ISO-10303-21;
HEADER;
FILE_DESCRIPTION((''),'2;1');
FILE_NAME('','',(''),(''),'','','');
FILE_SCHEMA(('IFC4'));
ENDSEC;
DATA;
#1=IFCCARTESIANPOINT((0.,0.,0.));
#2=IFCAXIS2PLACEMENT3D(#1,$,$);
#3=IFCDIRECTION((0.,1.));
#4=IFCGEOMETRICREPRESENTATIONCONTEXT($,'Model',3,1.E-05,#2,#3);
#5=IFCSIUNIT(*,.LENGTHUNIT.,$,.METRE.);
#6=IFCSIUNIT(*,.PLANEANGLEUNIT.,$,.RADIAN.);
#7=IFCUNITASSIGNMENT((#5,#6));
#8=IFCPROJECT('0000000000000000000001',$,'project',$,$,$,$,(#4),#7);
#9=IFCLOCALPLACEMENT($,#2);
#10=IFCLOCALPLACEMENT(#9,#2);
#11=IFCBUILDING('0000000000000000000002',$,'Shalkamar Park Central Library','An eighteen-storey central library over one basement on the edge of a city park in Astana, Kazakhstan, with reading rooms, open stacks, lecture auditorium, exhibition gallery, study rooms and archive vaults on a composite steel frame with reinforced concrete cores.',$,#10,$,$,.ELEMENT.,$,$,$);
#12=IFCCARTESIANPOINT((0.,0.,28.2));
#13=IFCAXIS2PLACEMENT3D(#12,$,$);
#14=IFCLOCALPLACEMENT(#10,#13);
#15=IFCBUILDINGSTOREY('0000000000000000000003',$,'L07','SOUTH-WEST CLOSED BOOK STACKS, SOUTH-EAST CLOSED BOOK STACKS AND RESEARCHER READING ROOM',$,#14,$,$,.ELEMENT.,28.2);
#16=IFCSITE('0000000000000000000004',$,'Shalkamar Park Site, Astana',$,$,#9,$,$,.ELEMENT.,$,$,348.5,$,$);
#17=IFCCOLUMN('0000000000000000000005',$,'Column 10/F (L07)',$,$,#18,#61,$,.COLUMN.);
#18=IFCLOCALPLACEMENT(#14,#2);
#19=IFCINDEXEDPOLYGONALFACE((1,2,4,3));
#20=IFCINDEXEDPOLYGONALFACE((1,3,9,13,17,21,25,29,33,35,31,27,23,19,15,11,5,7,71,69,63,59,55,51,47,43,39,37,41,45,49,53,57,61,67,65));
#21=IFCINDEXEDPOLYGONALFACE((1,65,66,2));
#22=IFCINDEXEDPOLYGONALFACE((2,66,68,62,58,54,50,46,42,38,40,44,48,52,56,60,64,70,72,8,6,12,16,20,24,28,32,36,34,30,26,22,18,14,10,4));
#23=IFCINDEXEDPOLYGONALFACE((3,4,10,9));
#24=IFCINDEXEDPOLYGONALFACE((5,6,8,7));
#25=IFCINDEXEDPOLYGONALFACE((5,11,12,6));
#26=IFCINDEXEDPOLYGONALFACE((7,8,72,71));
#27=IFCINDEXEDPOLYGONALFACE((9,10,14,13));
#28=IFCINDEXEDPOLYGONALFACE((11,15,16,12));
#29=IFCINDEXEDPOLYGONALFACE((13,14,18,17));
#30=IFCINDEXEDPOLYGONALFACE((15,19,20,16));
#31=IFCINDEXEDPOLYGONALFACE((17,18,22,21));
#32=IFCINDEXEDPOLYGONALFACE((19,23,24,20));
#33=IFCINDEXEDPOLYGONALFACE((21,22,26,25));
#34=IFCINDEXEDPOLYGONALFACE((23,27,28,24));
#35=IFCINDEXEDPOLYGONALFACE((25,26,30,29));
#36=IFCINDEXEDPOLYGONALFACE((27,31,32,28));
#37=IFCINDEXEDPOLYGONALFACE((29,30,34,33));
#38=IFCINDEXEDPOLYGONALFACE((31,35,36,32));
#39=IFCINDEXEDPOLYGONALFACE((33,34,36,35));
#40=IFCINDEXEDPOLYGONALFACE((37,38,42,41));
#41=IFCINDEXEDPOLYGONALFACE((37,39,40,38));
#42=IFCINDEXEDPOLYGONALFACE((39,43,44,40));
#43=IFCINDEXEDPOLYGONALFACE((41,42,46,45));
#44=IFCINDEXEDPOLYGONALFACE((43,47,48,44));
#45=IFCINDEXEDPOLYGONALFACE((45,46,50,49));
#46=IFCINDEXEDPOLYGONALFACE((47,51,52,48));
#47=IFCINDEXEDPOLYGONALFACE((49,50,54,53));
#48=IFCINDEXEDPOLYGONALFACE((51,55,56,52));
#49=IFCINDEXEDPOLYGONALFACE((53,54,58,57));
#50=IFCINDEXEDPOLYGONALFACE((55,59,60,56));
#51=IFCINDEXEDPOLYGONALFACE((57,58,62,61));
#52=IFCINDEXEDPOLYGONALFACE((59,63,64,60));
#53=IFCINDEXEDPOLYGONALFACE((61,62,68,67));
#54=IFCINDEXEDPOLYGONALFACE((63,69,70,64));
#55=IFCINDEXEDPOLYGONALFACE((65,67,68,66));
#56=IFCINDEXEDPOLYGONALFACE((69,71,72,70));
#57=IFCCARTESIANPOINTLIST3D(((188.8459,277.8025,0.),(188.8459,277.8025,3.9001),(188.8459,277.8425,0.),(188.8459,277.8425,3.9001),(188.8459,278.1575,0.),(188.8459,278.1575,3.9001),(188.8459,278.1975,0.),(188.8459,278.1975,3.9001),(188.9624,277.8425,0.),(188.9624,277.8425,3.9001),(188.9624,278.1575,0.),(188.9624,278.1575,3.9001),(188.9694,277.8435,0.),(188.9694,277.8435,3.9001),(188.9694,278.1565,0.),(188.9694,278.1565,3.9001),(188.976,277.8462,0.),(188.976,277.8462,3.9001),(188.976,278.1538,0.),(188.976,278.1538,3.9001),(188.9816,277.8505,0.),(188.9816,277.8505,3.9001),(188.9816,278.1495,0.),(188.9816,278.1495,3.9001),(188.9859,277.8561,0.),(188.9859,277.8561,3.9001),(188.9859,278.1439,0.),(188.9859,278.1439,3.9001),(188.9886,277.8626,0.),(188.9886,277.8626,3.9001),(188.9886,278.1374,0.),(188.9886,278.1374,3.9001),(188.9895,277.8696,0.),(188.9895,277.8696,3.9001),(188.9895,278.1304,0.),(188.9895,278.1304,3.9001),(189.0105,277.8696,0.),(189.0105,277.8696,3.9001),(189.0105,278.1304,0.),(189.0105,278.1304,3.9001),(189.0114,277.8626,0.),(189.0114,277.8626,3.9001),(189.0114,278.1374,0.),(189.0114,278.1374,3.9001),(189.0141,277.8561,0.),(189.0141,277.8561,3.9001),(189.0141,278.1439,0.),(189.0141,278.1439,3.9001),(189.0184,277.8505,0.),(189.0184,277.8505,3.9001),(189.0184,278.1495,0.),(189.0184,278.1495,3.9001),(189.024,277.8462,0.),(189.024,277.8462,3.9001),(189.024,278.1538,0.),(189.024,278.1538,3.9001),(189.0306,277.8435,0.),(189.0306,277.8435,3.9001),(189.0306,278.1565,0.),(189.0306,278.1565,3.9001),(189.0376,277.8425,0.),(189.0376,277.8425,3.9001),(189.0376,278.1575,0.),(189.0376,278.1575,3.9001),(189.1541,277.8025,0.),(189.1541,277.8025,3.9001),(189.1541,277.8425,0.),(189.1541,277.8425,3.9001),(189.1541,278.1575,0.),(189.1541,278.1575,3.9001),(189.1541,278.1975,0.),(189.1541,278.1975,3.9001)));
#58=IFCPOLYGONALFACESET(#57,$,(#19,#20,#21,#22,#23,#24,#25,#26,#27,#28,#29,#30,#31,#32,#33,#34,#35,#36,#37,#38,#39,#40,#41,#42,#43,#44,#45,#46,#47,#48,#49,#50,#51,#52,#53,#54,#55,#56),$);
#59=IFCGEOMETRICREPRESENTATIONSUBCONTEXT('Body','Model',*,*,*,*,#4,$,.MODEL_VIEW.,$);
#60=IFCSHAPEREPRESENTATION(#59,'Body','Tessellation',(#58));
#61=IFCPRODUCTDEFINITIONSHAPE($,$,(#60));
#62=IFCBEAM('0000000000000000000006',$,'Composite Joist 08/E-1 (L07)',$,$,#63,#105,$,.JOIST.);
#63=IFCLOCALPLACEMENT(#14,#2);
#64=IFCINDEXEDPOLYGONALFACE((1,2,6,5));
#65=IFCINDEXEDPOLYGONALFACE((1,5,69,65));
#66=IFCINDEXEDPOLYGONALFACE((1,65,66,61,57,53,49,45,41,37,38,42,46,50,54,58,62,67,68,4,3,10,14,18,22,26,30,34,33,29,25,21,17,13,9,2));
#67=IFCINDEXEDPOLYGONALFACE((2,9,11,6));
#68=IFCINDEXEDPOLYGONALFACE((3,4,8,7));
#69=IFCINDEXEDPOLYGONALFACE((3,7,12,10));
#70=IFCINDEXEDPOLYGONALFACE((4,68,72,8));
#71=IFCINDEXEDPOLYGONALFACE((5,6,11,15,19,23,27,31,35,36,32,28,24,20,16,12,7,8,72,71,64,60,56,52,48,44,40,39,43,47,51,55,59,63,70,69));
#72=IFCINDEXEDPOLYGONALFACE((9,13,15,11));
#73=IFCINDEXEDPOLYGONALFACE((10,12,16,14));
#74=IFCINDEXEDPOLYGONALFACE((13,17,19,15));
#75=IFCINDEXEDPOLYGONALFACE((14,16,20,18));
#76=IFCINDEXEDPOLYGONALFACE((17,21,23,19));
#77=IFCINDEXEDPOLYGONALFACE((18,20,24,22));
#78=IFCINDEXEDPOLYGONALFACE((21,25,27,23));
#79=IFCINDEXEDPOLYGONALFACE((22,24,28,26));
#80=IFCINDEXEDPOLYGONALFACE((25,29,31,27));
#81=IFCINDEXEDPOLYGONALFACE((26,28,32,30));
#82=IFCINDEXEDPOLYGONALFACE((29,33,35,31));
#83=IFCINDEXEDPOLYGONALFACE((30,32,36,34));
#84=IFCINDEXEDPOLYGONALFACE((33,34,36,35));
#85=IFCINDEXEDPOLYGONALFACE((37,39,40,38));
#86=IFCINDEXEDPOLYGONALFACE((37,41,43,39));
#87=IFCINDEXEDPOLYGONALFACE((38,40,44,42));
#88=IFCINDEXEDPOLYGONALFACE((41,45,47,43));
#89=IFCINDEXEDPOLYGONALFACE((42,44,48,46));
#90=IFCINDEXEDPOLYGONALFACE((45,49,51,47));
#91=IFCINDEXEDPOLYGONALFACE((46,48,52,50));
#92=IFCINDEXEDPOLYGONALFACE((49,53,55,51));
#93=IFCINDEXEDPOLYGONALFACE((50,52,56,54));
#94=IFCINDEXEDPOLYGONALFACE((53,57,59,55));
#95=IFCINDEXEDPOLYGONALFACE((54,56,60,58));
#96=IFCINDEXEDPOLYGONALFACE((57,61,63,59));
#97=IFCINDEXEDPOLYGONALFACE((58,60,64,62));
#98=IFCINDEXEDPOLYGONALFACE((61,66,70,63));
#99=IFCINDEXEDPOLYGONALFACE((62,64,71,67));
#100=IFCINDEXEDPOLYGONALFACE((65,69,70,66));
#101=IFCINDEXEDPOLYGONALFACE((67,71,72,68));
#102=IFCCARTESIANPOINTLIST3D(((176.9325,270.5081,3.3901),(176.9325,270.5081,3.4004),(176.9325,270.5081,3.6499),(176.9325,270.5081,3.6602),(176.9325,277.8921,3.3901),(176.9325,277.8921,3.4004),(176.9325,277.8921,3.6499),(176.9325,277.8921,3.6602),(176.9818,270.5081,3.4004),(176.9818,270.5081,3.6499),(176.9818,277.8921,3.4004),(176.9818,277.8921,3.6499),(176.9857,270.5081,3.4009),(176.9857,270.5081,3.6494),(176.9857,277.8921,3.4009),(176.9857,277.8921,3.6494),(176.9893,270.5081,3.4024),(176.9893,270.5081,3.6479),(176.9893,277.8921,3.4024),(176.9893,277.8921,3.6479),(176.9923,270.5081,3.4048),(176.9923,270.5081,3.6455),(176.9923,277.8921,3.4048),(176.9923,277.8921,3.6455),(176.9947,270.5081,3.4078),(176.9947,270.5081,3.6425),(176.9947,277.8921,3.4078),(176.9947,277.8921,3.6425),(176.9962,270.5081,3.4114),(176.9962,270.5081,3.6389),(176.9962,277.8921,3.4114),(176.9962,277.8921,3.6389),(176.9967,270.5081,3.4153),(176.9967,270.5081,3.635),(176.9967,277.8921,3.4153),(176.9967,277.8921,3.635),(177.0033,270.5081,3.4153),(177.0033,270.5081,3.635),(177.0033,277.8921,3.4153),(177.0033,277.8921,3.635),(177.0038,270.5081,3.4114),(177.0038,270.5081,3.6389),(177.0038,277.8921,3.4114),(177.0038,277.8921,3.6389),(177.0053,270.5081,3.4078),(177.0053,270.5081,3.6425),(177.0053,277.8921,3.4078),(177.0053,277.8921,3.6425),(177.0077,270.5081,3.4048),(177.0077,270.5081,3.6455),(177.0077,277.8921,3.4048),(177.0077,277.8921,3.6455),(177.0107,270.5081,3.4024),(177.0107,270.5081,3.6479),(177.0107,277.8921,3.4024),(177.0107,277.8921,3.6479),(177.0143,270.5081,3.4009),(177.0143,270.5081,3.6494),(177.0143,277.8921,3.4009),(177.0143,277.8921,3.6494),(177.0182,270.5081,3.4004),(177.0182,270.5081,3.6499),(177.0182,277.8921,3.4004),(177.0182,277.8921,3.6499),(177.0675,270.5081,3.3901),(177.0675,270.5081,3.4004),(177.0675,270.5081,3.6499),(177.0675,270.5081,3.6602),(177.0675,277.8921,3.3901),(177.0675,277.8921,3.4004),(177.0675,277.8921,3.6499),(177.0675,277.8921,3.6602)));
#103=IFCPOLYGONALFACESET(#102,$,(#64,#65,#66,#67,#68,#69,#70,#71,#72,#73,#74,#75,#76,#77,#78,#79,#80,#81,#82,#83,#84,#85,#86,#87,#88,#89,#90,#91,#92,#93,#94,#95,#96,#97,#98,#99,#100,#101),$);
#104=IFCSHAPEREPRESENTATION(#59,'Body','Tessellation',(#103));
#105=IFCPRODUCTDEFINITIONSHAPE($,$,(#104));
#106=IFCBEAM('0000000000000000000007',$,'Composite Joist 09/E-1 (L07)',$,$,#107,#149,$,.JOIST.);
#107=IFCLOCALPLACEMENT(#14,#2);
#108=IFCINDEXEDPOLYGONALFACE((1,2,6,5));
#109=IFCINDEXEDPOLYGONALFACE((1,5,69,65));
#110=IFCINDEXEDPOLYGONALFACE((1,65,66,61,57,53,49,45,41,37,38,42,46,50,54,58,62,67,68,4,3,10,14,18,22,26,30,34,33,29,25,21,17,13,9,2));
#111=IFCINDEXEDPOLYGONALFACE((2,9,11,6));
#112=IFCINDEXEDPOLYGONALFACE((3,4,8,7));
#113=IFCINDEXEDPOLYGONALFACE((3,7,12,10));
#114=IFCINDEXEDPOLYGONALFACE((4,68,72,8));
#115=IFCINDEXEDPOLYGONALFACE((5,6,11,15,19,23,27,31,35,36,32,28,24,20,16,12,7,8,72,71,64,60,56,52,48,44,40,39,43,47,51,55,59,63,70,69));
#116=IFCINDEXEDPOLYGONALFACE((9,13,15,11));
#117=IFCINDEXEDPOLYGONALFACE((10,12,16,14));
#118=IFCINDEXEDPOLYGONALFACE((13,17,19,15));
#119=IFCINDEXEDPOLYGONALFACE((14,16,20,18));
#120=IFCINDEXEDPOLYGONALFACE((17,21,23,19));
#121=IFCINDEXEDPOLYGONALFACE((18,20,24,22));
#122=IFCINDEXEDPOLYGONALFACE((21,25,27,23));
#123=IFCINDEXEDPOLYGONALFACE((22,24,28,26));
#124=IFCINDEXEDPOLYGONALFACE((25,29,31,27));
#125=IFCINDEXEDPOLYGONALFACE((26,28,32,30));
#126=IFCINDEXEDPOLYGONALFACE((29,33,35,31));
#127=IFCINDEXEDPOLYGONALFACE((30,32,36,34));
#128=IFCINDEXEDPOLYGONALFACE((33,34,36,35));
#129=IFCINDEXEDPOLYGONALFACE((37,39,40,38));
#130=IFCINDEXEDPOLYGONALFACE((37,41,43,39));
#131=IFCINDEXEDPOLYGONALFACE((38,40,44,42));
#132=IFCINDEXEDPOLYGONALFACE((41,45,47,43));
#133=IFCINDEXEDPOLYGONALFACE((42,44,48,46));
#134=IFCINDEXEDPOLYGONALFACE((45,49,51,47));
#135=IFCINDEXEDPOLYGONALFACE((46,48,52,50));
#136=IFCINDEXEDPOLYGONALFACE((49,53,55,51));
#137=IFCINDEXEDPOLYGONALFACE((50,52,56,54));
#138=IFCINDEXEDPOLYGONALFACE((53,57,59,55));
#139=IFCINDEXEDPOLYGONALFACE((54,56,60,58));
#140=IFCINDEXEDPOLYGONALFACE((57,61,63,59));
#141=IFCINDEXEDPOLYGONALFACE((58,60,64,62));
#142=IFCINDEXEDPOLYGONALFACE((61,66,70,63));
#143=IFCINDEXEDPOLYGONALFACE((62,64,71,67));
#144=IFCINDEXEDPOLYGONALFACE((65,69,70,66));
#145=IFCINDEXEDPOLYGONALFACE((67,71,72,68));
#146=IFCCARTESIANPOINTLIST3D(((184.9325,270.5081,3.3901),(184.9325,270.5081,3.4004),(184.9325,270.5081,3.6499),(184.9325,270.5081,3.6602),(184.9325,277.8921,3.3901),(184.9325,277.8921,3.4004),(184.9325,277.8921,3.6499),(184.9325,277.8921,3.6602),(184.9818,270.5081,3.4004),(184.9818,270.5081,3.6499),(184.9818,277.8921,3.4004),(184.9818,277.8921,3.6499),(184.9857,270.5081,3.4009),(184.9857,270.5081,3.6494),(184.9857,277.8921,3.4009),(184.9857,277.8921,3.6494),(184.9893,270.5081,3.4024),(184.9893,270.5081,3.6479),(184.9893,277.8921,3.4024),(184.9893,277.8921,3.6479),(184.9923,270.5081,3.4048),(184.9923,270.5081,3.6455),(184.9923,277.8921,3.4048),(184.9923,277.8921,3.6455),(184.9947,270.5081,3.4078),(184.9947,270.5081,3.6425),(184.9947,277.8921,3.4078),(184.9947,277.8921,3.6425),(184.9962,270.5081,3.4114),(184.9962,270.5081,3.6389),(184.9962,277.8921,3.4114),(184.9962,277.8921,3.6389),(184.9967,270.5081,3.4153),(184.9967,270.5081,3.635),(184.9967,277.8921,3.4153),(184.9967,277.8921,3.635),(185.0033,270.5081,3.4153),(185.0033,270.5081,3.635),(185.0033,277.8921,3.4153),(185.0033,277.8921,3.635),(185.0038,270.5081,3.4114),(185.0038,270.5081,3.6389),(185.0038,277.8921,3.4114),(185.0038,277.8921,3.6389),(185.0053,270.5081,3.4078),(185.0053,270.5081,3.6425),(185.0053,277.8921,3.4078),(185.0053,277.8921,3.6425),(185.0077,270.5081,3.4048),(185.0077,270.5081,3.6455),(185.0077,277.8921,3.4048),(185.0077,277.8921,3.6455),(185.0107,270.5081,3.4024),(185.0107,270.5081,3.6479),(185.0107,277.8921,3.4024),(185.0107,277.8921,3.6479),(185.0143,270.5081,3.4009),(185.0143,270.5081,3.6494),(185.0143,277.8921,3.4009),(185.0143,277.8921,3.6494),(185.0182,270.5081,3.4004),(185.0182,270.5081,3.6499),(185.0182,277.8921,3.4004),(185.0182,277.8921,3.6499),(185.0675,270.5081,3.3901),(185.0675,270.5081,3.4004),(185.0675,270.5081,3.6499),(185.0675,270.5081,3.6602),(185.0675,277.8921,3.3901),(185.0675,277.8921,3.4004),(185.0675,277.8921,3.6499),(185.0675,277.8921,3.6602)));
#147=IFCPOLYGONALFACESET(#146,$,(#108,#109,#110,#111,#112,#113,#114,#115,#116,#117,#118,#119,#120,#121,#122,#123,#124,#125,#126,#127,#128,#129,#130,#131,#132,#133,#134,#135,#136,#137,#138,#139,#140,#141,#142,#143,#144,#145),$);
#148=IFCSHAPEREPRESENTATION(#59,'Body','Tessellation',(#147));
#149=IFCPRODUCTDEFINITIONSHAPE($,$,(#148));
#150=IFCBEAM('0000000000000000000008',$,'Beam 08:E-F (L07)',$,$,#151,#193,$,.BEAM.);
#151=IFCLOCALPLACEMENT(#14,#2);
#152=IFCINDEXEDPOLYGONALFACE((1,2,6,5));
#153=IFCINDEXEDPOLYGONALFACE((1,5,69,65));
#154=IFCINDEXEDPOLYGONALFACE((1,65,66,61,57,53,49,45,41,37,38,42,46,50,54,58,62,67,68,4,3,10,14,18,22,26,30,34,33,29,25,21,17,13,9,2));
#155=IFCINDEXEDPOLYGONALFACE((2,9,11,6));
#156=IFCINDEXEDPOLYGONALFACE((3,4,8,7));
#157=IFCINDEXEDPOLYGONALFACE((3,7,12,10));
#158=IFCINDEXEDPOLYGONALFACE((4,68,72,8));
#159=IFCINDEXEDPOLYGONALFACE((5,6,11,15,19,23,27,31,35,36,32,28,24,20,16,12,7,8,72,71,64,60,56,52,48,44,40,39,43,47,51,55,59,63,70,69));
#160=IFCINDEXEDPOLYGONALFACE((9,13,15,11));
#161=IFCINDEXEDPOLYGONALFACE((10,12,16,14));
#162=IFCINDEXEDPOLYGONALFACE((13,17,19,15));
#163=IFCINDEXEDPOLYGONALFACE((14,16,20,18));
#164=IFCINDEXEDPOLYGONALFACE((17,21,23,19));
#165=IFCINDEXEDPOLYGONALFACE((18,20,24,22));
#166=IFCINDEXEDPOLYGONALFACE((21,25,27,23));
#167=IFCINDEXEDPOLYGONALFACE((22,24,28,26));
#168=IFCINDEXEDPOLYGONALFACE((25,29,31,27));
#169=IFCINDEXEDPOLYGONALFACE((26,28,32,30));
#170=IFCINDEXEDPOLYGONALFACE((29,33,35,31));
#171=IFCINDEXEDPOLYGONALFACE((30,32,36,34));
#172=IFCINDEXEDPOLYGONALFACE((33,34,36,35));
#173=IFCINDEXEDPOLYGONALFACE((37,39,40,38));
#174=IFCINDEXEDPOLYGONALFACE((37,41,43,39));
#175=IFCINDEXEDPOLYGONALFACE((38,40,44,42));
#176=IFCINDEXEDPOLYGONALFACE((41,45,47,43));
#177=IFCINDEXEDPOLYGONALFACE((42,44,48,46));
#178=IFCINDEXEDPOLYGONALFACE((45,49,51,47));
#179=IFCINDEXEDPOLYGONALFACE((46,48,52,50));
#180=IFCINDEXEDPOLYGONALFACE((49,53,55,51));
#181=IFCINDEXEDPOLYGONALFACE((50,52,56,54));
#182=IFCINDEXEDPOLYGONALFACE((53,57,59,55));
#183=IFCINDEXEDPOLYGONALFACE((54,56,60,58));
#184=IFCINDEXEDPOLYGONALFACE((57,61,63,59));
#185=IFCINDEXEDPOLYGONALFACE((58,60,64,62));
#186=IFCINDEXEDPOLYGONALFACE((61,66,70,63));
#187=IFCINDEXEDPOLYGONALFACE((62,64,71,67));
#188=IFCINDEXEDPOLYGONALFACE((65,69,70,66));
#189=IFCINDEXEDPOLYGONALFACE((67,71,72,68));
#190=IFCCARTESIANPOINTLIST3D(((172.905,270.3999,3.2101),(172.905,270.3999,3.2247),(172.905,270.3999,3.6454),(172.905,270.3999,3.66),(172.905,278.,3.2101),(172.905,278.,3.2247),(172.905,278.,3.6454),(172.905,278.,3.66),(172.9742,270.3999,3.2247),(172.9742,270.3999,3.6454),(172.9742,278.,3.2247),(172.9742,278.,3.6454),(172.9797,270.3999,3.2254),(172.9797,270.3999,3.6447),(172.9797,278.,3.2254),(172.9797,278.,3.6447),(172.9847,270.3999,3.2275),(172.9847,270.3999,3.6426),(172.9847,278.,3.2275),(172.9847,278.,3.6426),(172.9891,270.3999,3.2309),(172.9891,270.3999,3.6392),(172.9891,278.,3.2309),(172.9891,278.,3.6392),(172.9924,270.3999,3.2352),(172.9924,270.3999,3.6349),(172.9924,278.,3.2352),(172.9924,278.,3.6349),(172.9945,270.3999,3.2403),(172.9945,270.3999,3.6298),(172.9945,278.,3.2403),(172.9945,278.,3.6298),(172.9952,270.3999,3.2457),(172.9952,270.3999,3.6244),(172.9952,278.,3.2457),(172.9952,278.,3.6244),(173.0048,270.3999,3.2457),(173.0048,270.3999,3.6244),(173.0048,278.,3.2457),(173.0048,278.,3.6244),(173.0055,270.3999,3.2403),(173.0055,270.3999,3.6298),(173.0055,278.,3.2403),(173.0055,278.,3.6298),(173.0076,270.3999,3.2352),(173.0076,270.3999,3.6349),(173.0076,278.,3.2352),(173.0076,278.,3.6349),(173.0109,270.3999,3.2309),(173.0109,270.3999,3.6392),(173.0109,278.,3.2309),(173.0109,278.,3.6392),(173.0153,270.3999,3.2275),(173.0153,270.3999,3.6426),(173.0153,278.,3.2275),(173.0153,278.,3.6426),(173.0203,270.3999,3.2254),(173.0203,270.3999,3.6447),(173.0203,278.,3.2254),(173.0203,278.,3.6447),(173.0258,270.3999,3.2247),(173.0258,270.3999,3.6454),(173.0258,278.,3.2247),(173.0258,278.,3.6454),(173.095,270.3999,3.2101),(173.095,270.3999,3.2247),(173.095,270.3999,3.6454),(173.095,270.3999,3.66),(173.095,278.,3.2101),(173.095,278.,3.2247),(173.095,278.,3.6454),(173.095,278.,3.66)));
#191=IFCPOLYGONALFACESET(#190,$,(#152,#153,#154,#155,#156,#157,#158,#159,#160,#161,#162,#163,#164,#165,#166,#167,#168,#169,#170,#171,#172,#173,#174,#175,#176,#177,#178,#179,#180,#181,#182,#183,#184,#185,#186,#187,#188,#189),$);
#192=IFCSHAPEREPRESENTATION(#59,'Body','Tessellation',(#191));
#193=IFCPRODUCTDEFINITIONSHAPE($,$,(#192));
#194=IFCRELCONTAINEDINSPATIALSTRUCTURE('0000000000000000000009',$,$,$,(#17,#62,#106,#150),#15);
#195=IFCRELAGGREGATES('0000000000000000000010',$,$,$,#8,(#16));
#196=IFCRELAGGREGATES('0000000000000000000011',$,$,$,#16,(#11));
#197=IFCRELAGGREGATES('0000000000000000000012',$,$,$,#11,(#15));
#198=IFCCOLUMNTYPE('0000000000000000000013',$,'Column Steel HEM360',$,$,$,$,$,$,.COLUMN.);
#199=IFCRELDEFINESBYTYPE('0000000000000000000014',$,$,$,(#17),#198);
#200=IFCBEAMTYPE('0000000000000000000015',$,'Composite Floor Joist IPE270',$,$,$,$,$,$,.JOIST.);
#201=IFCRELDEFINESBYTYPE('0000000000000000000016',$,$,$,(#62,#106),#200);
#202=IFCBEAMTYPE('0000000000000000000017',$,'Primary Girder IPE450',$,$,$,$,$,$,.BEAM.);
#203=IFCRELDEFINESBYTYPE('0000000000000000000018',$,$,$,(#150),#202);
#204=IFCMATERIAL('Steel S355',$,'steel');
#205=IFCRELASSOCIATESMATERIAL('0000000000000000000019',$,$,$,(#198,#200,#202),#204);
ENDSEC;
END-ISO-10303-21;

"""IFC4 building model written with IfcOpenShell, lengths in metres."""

from ifc_helpers import new_model, si_unit, direction, frame, origin, origin_2d, place, context, subcontext, project, spatial, i_section, extrude, material, material_profile, profile_set, type_object, element, save


model = new_model("IFC4")

# Units and contexts
model_context = context("Model", 3, precision=1e-05, world=origin(), true_north=direction((0.0, 1.0)))
body_context = subcontext(model_context, "Body", "Model", "MODEL_VIEW")
ifc_project = project(units=[si_unit("LENGTHUNIT", "METRE"), si_unit("PLANEANGLEUNIT", "RADIAN")], contexts=[model_context])

# Site, building, storey
site_placement = place(None, origin())
site = spatial("IfcSite", under=ifc_project, at=site_placement, Name="Shalkamar Park Site, Astana", CompositionType="ELEMENT", RefElevation=348.5)
building_placement = place(site_placement, origin())
building = spatial("IfcBuilding", under=site, at=building_placement, Name="Shalkamar Park Central Library", Description="An eighteen-storey central library over one basement on the edge of a city park in Astana, Kazakhstan, with reading rooms, open stacks, lecture auditorium, exhibition gallery, study rooms and archive vaults on a composite steel frame with reinforced concrete cores.", CompositionType="ELEMENT")
storey_placement = place(building_placement, frame((0.0, 0.0, 28.2)))
storey = spatial("IfcBuildingStorey", under=building, at=storey_placement, Name="L07", Description="SOUTH-WEST CLOSED BOOK STACKS, SOUTH-EAST CLOSED BOOK STACKS AND RESEARCHER READING ROOM", CompositionType="ELEMENT", Elevation=28.2)

# Column
ifc_material = material(Name="Steel S355", Category="steel")
ifc_material_profile_1 = material_profile(ifc_material, i_section(OverallWidth=0.3081, OverallDepth=0.395, WebThickness=0.021, FlangeThickness=0.04, FilletRadius=0.0271, at=origin_2d()), Name="HEM 360")
ifc_profile_set_1 = profile_set([ifc_material_profile_1], Name="Steel S355")
column_type_1 = type_object("IfcColumnType", Name="Column Steel HEM360", PredefinedType="COLUMN", material=ifc_profile_set_1)
for number, where, z_axis, x_axis, name in (
    (1, (189.0, 278.0, 0.0), (0.0, 0.0, 1.0), (1.0, 0.0, 0.0), "Column 10/F (L07)"),
):
    element("IfcColumn", number, at=place(storey_placement, frame(where, z_axis=z_axis, x_axis=x_axis)), inside=storey, type_object=column_type_1, Name=name, PredefinedType="COLUMN", context=body_context, shape_type="SweptSolid", body=[
        extrude(i_section(OverallWidth=0.3081, OverallDepth=0.395, WebThickness=0.021, FlangeThickness=0.04, FilletRadius=0.0271, at=origin_2d()), origin(), (0.0, 0.0, 1.0), 3.9001),
    ])

# Beams
ifc_material_profile_2 = material_profile(ifc_material, i_section(OverallWidth=0.135, OverallDepth=0.27, WebThickness=0.0066, FlangeThickness=0.0103, FilletRadius=0.0149, at=origin_2d()), Name="IPE 270")
ifc_profile_set_2 = profile_set([ifc_material_profile_2], Name="Steel S355")
beam_type_1 = type_object("IfcBeamType", Name="Composite Floor Joist IPE270", PredefinedType="JOIST", material=ifc_profile_set_2)
for number, where, z_axis, x_axis, name in (
    (2, (177.0, 270.5081, 3.5251), (0.0, 1.0, 0.0), (-1.0, 0.0, 0.0), "Composite Joist 08/E-1 (L07)"),
    (3, (185.0, 270.5081, 3.5251), (0.0, 1.0, 0.0), (-1.0, 0.0, 0.0), "Composite Joist 09/E-1 (L07)"),
):
    element("IfcBeam", number, at=place(storey_placement, frame(where, z_axis=z_axis, x_axis=x_axis)), inside=storey, type_object=beam_type_1, Name=name, PredefinedType="JOIST", context=body_context, shape_type="SweptSolid", body=[
        extrude(i_section(OverallWidth=0.135, OverallDepth=0.27, WebThickness=0.0066, FlangeThickness=0.0103, FilletRadius=0.0149, at=origin_2d()), origin(), (0.0, 0.0, 1.0), 7.384),
    ])
ifc_material_profile_3 = material_profile(ifc_material, i_section(OverallWidth=0.1899, OverallDepth=0.45, WebThickness=0.0095, FlangeThickness=0.0146, FilletRadius=0.021, at=origin_2d()), Name="IPE 450")
ifc_profile_set_3 = profile_set([ifc_material_profile_3], Name="Steel S355")
beam_type_2 = type_object("IfcBeamType", Name="Primary Girder IPE450", PredefinedType="BEAM", material=ifc_profile_set_3)
for number, where, z_axis, x_axis, name in (
    (4, (173.0, 270.3999, 3.4351), (0.0, 1.0, 0.0), (-1.0, 0.0, 0.0), "Beam 08:E-F (L07)"),
):
    element("IfcBeam", number, at=place(storey_placement, frame(where, z_axis=z_axis, x_axis=x_axis)), inside=storey, type_object=beam_type_2, Name=name, PredefinedType="BEAM", context=body_context, shape_type="SweptSolid", body=[
        extrude(i_section(OverallWidth=0.1899, OverallDepth=0.45, WebThickness=0.0095, FlangeThickness=0.0146, FilletRadius=0.021, at=origin_2d()), origin(), (0.0, 0.0, 1.0), 7.6001),
    ])

save(model, "model.ifc")
